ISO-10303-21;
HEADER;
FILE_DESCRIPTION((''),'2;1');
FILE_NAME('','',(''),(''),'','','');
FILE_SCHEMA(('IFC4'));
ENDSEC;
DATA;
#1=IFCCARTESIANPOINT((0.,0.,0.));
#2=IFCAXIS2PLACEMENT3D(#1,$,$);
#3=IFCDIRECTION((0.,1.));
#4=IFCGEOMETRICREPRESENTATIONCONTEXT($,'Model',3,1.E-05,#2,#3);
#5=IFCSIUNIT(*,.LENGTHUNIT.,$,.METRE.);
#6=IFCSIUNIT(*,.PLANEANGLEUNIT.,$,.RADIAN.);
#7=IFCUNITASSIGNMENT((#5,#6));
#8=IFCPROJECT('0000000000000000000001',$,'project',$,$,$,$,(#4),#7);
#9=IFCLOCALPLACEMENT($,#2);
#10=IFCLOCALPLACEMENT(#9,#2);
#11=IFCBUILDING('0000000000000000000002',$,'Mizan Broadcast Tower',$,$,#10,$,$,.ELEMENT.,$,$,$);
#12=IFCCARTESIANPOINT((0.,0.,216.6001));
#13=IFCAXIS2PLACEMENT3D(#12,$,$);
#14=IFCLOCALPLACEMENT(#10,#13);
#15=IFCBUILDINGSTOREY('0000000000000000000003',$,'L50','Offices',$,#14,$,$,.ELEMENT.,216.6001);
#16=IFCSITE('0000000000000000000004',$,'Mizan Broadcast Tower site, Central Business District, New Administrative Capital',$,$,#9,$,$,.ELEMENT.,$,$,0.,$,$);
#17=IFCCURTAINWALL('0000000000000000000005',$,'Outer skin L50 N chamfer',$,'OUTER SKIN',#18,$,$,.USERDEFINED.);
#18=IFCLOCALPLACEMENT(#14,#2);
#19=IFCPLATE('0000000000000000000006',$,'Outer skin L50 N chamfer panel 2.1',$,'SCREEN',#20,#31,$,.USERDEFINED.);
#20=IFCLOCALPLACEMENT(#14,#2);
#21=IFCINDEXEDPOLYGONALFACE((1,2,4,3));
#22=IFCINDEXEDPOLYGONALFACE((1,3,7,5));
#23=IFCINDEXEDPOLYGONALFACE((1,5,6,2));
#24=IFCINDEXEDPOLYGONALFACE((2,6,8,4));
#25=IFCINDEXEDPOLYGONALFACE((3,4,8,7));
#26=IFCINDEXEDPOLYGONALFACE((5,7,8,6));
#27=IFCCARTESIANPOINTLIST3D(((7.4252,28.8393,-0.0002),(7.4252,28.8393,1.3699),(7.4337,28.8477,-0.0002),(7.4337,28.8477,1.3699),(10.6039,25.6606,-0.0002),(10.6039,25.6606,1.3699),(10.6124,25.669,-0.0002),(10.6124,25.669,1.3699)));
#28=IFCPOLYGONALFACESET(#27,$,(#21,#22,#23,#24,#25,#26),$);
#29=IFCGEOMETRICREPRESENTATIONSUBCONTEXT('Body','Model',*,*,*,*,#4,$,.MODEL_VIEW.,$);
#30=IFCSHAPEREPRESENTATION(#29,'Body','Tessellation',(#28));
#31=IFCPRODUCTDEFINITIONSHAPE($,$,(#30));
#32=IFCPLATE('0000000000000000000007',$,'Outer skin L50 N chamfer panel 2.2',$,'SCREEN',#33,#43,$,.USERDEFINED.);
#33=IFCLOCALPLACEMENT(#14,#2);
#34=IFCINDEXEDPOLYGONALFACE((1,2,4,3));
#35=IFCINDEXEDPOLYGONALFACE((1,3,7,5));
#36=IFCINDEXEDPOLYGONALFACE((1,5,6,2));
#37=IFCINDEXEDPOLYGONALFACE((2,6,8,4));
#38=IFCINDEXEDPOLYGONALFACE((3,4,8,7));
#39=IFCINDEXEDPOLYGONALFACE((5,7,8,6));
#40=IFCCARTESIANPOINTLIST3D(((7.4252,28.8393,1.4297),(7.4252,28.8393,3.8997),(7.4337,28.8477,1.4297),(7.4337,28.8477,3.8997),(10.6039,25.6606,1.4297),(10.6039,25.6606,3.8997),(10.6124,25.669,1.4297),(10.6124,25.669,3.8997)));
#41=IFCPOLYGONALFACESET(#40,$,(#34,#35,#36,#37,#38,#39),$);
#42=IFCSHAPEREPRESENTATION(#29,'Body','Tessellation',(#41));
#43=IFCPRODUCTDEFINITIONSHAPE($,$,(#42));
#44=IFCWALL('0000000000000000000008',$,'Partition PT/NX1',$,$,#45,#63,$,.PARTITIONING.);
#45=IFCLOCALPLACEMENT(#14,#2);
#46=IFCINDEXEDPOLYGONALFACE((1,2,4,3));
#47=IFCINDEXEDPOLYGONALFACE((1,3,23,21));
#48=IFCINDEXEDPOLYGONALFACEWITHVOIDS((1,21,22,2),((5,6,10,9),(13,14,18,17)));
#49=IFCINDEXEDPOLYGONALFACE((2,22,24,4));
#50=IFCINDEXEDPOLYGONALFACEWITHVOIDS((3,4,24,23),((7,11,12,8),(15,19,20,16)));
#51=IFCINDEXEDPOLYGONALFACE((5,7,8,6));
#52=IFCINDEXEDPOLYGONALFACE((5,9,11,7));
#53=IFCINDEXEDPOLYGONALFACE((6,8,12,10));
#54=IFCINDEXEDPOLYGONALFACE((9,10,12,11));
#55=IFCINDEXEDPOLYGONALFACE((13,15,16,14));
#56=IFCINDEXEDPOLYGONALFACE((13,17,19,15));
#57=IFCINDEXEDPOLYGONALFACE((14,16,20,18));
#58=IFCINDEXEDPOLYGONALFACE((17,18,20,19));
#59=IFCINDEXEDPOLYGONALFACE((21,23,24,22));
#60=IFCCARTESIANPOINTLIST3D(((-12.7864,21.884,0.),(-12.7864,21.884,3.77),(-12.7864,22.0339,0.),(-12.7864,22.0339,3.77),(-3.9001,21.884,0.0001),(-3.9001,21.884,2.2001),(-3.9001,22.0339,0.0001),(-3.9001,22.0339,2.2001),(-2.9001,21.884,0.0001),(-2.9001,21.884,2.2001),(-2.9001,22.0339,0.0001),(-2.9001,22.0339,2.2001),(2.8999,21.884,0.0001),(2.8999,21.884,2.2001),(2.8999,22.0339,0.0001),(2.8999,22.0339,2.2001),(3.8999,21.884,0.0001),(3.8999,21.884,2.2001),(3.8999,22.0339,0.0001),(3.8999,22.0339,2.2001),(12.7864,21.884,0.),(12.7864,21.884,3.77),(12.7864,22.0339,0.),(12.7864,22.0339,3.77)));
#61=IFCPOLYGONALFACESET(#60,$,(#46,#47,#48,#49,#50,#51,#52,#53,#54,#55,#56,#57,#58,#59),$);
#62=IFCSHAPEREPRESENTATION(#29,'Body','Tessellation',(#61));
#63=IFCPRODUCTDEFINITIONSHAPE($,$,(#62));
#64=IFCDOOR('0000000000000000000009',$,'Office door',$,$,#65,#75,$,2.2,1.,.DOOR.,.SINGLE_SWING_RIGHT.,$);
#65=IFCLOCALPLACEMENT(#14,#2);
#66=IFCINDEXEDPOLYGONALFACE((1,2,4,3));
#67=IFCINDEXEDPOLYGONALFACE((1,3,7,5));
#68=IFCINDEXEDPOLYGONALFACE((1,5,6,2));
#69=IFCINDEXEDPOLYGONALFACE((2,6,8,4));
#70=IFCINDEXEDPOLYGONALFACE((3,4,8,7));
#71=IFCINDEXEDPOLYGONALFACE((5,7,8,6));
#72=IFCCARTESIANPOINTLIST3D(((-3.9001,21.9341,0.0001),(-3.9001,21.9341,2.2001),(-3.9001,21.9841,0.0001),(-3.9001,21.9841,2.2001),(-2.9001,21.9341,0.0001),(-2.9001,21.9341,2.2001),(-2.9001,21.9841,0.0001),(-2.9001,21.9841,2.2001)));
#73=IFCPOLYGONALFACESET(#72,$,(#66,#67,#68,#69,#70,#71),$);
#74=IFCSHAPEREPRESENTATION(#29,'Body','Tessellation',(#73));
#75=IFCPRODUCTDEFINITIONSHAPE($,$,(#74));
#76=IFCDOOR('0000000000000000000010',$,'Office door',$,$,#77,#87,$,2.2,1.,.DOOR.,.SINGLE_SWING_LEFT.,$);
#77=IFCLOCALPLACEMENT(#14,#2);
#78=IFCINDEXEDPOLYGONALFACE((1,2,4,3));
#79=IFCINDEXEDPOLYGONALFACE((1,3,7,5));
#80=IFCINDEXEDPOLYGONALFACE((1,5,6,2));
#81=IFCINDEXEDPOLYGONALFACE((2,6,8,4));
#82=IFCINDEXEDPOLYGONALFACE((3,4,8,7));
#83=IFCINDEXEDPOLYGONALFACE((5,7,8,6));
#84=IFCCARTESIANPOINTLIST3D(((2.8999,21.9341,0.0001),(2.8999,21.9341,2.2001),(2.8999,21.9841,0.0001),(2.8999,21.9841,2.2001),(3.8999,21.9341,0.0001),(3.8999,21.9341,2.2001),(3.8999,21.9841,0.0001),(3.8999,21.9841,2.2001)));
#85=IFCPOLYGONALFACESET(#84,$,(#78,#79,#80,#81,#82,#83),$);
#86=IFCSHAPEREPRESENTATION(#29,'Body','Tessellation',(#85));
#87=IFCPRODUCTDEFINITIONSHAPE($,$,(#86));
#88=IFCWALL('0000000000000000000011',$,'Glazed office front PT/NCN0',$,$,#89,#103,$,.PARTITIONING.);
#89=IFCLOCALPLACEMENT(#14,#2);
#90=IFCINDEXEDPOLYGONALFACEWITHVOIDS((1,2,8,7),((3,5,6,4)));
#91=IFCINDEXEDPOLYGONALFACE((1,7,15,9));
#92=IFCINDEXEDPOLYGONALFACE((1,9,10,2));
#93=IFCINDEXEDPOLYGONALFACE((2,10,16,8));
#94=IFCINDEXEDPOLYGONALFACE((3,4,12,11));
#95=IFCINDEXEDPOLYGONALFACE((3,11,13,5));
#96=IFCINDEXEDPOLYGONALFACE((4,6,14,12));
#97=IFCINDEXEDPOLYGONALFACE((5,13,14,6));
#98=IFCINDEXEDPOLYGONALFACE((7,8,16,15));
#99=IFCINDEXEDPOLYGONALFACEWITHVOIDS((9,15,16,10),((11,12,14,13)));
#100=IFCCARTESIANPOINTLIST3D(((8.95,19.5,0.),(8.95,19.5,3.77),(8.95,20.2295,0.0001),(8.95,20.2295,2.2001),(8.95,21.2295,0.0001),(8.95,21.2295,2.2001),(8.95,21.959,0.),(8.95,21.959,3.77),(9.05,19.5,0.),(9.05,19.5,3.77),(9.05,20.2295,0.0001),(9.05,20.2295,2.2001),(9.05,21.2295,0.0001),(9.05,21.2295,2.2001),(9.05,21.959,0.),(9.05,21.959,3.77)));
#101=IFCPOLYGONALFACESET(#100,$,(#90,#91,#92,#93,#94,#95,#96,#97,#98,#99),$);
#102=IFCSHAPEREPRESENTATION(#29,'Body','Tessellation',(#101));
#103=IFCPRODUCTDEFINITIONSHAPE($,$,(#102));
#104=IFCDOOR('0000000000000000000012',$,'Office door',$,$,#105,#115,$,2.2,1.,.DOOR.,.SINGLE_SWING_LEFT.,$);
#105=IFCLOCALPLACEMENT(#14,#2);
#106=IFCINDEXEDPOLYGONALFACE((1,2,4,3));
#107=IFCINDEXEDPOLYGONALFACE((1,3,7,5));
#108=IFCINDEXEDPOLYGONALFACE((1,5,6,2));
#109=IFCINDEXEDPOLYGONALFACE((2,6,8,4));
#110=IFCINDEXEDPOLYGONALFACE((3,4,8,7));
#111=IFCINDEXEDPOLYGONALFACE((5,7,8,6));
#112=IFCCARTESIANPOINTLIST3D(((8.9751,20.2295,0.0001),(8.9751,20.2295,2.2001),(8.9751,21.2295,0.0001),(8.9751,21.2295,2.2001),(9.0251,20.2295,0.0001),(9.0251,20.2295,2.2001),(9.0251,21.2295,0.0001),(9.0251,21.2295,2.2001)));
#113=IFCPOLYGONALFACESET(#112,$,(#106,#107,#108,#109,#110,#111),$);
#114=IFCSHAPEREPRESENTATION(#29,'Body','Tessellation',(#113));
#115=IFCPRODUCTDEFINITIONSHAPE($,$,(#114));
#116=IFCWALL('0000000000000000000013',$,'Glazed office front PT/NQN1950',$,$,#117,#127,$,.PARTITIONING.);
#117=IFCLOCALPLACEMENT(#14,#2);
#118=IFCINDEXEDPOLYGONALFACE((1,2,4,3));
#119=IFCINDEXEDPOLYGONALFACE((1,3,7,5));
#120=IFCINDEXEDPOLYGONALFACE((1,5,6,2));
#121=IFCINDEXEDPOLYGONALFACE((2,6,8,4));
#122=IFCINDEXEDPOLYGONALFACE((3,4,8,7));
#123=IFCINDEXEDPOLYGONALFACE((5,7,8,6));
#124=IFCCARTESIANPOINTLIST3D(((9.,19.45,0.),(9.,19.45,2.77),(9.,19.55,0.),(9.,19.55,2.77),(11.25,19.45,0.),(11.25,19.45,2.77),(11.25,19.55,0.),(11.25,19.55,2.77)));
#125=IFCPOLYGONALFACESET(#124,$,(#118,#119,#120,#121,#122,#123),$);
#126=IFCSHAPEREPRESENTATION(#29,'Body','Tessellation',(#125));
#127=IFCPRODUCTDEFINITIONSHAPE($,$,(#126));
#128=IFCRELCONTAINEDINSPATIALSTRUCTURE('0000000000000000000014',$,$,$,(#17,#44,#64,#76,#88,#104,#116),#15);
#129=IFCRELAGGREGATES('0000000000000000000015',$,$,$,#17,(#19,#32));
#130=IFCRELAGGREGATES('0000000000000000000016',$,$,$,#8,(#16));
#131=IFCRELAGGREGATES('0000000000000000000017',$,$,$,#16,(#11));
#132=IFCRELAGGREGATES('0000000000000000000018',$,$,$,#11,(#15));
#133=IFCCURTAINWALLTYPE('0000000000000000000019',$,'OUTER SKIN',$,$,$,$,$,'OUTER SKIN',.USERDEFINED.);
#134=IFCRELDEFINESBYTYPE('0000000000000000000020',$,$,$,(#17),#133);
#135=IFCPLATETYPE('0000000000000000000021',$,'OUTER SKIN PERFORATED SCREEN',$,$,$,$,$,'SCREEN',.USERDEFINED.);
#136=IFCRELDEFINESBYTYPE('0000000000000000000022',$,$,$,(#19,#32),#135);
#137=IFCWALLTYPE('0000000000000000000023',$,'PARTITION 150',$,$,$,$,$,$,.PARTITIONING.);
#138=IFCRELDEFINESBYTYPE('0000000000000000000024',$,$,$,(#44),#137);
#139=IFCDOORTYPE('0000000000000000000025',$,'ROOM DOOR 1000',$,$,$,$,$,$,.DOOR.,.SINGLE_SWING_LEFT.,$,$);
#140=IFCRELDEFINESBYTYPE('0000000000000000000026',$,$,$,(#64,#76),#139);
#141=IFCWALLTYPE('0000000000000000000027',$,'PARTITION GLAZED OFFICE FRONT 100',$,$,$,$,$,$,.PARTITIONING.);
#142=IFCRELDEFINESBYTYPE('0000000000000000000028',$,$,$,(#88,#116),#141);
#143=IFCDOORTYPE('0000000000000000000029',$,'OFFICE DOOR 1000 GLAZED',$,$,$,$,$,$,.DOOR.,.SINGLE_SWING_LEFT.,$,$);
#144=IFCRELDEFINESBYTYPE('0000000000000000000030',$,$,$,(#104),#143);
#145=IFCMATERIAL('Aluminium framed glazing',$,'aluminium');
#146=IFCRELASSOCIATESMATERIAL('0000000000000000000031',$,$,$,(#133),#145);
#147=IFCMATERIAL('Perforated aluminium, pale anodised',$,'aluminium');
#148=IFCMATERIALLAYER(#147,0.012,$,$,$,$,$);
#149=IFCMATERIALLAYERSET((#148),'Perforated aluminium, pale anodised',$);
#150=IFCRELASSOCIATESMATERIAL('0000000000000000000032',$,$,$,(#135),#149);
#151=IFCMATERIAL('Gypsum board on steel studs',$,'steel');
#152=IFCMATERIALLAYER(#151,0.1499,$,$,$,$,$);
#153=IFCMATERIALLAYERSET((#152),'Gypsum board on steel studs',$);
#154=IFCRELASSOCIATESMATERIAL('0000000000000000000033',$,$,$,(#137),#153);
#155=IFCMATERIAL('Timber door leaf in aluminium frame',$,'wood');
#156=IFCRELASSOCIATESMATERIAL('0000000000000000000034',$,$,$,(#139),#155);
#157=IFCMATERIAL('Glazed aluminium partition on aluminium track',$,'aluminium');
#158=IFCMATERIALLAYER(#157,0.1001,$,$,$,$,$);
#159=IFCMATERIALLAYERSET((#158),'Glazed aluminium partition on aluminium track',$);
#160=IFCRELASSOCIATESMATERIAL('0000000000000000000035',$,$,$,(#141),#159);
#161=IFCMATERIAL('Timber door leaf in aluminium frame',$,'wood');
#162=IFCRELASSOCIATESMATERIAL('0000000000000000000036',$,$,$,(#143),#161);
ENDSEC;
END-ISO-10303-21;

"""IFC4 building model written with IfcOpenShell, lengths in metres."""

from ifc_helpers import new_model, si_unit, direction, frame, frame_2d, origin, origin_2d, place, context, subcontext, project, spatial, rectangle, extrude, material, layer, layer_set, type_object, element, fill, aggregate, save


model = new_model("IFC4")

# Units and contexts
model_context = context("Model", 3, precision=1e-05, world=origin(), true_north=direction((0.0, 1.0)))
body_context = subcontext(model_context, "Body", "Model", "MODEL_VIEW")
ifc_project = project(units=[si_unit("LENGTHUNIT", "METRE"), si_unit("PLANEANGLEUNIT", "RADIAN")], contexts=[model_context])

# Site, building, storey
site_placement = place(None, origin())
site = spatial("IfcSite", under=ifc_project, at=site_placement, Name="Mizan Broadcast Tower site, Central Business District, New Administrative Capital", CompositionType="ELEMENT", RefElevation=0.0)
building_placement = place(site_placement, origin())
building = spatial("IfcBuilding", under=site, at=building_placement, Name="Mizan Broadcast Tower", CompositionType="ELEMENT")
storey_placement = place(building_placement, frame((0.0, 0.0, 216.6001)))
storey = spatial("IfcBuildingStorey", under=building, at=storey_placement, Name="L50", Description="Offices", CompositionType="ELEMENT", Elevation=216.6001)

# Curtain wall
ifc_material_1 = material(Name="Aluminium framed glazing", Category="aluminium")
curtain_wall_type_1 = type_object("IfcCurtainWallType", Name="OUTER SKIN", ElementType="OUTER SKIN", PredefinedType="USERDEFINED", material=ifc_material_1)
curtain_wall_1_placement = place(storey_placement, origin())
curtain_wall_1 = element("IfcCurtainWall", 1, at=curtain_wall_1_placement, inside=storey, type_object=curtain_wall_type_1, Name="Outer skin L50 N chamfer", ObjectType="OUTER SKIN", PredefinedType="USERDEFINED")

# Plates
ifc_material_2 = material(Name="Perforated aluminium, pale anodised", Category="aluminium")
ifc_layer_1 = layer(ifc_material_2, 0.012)
ifc_layer_set_1 = layer_set([ifc_layer_1], Name="Perforated aluminium, pale anodised")
plate_type_1 = type_object("IfcPlateType", Name="OUTER SKIN PERFORATED SCREEN", ElementType="SCREEN", PredefinedType="USERDEFINED", material=ifc_layer_set_1)
plate_1_placement = place(storey_placement, frame((9.0188, 27.2542, -0.0002), z_axis=(0.0, 0.0, 1.0), x_axis=(-0.707107, 0.707107, 0.0)))
plate_1 = element("IfcPlate", 2, at=plate_1_placement, type_object=plate_type_1, Name="Outer skin L50 N chamfer panel 2.1", ObjectType="SCREEN", PredefinedType="USERDEFINED", context=body_context, shape_type="SweptSolid", body=[
    extrude(rectangle(XDim=4.4954, YDim=0.012, at=origin_2d()), origin(), (0.0, 0.0, 1.0), 1.3701),
])
plate_2_placement = place(storey_placement, frame((9.0188, 27.2542, 1.4297), z_axis=(0.0, 0.0, 1.0), x_axis=(-0.707107, 0.707107, 0.0)))
plate_2 = element("IfcPlate", 3, at=plate_2_placement, type_object=plate_type_1, Name="Outer skin L50 N chamfer panel 2.2", ObjectType="SCREEN", PredefinedType="USERDEFINED", context=body_context, shape_type="SweptSolid", body=[
    extrude(rectangle(XDim=4.4954, YDim=0.012, at=origin_2d()), origin(), (0.0, 0.0, 1.0), 2.47),
])
aggregate(curtain_wall_1, [plate_1, plate_2])

# Wall, openings, doors
ifc_material_3 = material(Name="Gypsum board on steel studs", Category="steel")
ifc_layer_2 = layer(ifc_material_3, 0.1499)
ifc_layer_set_2 = layer_set([ifc_layer_2], Name="Gypsum board on steel studs")
wall_type_1 = type_object("IfcWallType", Name="PARTITION 150", PredefinedType="PARTITIONING", material=ifc_layer_set_2)
wall_1_placement = place(storey_placement, frame((12.7864, 21.959, 0.0), z_axis=(0.0, 0.0, 1.0), x_axis=(-1.0, 0.0, 0.0)))
wall_1 = element("IfcWall", 4, at=wall_1_placement, inside=storey, type_object=wall_type_1, Name="Partition PT/NX1", PredefinedType="PARTITIONING", context=body_context, shape_type="SweptSolid", body=[
    extrude(rectangle(XDim=25.5728, YDim=0.1499, at=frame_2d((12.7864, 0.0))), origin(), (0.0, 0.0, 1.0), 3.77),
])
opening_1_placement = place(wall_1_placement, frame((15.6865, 0.0, 0.0)))
opening_1 = element("IfcOpeningElement", 5, at=opening_1_placement, cuts=wall_1, PredefinedType="OPENING", context=body_context, shape_type="SweptSolid", body=[
    extrude(rectangle(XDim=1.0, YDim=2.2, at=frame_2d((0.5, 1.1001))), frame((0.0, 0.085, 0.0), z_axis=(0.0, -1.0, 0.0), x_axis=(1.0, 0.0, 0.0)), (0.0, 0.0, 1.0), 0.1699),
])
opening_2_placement = place(wall_1_placement, frame((8.8865, 0.0, 0.0)))
opening_2 = element("IfcOpeningElement", 6, at=opening_2_placement, cuts=wall_1, PredefinedType="OPENING", context=body_context, shape_type="SweptSolid", body=[
    extrude(rectangle(XDim=1.0, YDim=2.2, at=frame_2d((0.5, 1.1001))), frame((0.0, 0.085, 0.0), z_axis=(0.0, -1.0, 0.0), x_axis=(1.0, 0.0, 0.0)), (0.0, 0.0, 1.0), 0.1699),
])
ifc_material_4 = material(Name="Timber door leaf in aluminium frame", Category="wood")
door_type_1 = type_object("IfcDoorType", Name="ROOM DOOR 1000", OperationType="SINGLE_SWING_LEFT", PredefinedType="DOOR", material=ifc_material_4)
door_1_placement = place(opening_1_placement, origin())
door_1 = element("IfcDoor", 7, at=door_1_placement, inside=storey, type_object=door_type_1, Name="Office door", OperationType="SINGLE_SWING_RIGHT", OverallHeight=2.2, OverallWidth=1.0, PredefinedType="DOOR", context=body_context, shape_type="SweptSolid", body=[
    extrude(rectangle(XDim=1.0, YDim=2.2, at=frame_2d((0.5, 1.1001))), frame((0.0, 0.0249, 0.0), z_axis=(0.0, -1.0, 0.0), x_axis=(1.0, 0.0, 0.0)), (0.0, 0.0, 1.0), 0.05),
])
fill(opening_1, door_1)
door_2_placement = place(opening_2_placement, origin())
door_2 = element("IfcDoor", 8, at=door_2_placement, inside=storey, type_object=door_type_1, Name="Office door", OperationType="SINGLE_SWING_LEFT", OverallHeight=2.2, OverallWidth=1.0, PredefinedType="DOOR", context=body_context, shape_type="SweptSolid", body=[
    extrude(rectangle(XDim=1.0, YDim=2.2, at=frame_2d((0.5, 1.1001))), frame((0.0, 0.0249, 0.0), z_axis=(0.0, -1.0, 0.0), x_axis=(1.0, 0.0, 0.0)), (0.0, 0.0, 1.0), 0.05),
])
fill(opening_2, door_2)

# Wall, opening, door
ifc_material_5 = material(Name="Glazed aluminium partition on aluminium track", Category="aluminium")
ifc_layer_3 = layer(ifc_material_5, 0.1001)
ifc_layer_set_3 = layer_set([ifc_layer_3], Name="Glazed aluminium partition on aluminium track")
wall_type_2 = type_object("IfcWallType", Name="PARTITION GLAZED OFFICE FRONT 100", PredefinedType="PARTITIONING", material=ifc_layer_set_3)
wall_2_placement = place(storey_placement, frame((9.0, 19.5, 0.0), z_axis=(0.0, 0.0, 1.0), x_axis=(0.0, 1.0, 0.0)))
wall_2 = element("IfcWall", 9, at=wall_2_placement, inside=storey, type_object=wall_type_2, Name="Glazed office front PT/NCN0", PredefinedType="PARTITIONING", context=body_context, shape_type="SweptSolid", body=[
    extrude(rectangle(XDim=2.459, YDim=0.1001, at=frame_2d((1.2295, 0.0))), origin(), (0.0, 0.0, 1.0), 3.77),
])
opening_3_placement = place(wall_2_placement, frame((0.7295, 0.0, 0.0)))
opening_3 = element("IfcOpeningElement", 10, at=opening_3_placement, cuts=wall_2, PredefinedType="OPENING", context=body_context, shape_type="SweptSolid", body=[
    extrude(rectangle(XDim=1.0, YDim=2.2, at=frame_2d((0.5, 1.1001))), frame((0.0, 0.0601, 0.0), z_axis=(0.0, -1.0, 0.0), x_axis=(1.0, 0.0, 0.0)), (0.0, 0.0, 1.0), 0.1201),
])
ifc_material_6 = material(Name="Timber door leaf in aluminium frame", Category="wood")
door_type_2 = type_object("IfcDoorType", Name="OFFICE DOOR 1000 GLAZED", OperationType="SINGLE_SWING_LEFT", PredefinedType="DOOR", material=ifc_material_6)
door_3_placement = place(opening_3_placement, origin())
door_3 = element("IfcDoor", 11, at=door_3_placement, inside=storey, type_object=door_type_2, Name="Office door", OperationType="SINGLE_SWING_LEFT", OverallHeight=2.2, OverallWidth=1.0, PredefinedType="DOOR", context=body_context, shape_type="SweptSolid", body=[
    extrude(rectangle(XDim=1.0, YDim=2.2, at=frame_2d((0.5, 1.1001))), frame((0.0, 0.0249, 0.0), z_axis=(0.0, -1.0, 0.0), x_axis=(1.0, 0.0, 0.0)), (0.0, 0.0, 1.0), 0.05),
])
fill(opening_3, door_3)

# Wall
wall_3_placement = place(storey_placement, frame((9.0, 19.5, 0.0), z_axis=(0.0, 0.0, 1.0), x_axis=(1.0, 0.0, 0.0)))
element("IfcWall", 12, at=wall_3_placement, inside=storey, type_object=wall_type_2, Name="Glazed office front PT/NQN1950", PredefinedType="PARTITIONING", context=body_context, shape_type="SweptSolid", body=[
    extrude(rectangle(XDim=2.25, YDim=0.1001, at=frame_2d((1.125, 0.0))), origin(), (0.0, 0.0, 1.0), 2.77),
])

save(model, "model.ifc")
